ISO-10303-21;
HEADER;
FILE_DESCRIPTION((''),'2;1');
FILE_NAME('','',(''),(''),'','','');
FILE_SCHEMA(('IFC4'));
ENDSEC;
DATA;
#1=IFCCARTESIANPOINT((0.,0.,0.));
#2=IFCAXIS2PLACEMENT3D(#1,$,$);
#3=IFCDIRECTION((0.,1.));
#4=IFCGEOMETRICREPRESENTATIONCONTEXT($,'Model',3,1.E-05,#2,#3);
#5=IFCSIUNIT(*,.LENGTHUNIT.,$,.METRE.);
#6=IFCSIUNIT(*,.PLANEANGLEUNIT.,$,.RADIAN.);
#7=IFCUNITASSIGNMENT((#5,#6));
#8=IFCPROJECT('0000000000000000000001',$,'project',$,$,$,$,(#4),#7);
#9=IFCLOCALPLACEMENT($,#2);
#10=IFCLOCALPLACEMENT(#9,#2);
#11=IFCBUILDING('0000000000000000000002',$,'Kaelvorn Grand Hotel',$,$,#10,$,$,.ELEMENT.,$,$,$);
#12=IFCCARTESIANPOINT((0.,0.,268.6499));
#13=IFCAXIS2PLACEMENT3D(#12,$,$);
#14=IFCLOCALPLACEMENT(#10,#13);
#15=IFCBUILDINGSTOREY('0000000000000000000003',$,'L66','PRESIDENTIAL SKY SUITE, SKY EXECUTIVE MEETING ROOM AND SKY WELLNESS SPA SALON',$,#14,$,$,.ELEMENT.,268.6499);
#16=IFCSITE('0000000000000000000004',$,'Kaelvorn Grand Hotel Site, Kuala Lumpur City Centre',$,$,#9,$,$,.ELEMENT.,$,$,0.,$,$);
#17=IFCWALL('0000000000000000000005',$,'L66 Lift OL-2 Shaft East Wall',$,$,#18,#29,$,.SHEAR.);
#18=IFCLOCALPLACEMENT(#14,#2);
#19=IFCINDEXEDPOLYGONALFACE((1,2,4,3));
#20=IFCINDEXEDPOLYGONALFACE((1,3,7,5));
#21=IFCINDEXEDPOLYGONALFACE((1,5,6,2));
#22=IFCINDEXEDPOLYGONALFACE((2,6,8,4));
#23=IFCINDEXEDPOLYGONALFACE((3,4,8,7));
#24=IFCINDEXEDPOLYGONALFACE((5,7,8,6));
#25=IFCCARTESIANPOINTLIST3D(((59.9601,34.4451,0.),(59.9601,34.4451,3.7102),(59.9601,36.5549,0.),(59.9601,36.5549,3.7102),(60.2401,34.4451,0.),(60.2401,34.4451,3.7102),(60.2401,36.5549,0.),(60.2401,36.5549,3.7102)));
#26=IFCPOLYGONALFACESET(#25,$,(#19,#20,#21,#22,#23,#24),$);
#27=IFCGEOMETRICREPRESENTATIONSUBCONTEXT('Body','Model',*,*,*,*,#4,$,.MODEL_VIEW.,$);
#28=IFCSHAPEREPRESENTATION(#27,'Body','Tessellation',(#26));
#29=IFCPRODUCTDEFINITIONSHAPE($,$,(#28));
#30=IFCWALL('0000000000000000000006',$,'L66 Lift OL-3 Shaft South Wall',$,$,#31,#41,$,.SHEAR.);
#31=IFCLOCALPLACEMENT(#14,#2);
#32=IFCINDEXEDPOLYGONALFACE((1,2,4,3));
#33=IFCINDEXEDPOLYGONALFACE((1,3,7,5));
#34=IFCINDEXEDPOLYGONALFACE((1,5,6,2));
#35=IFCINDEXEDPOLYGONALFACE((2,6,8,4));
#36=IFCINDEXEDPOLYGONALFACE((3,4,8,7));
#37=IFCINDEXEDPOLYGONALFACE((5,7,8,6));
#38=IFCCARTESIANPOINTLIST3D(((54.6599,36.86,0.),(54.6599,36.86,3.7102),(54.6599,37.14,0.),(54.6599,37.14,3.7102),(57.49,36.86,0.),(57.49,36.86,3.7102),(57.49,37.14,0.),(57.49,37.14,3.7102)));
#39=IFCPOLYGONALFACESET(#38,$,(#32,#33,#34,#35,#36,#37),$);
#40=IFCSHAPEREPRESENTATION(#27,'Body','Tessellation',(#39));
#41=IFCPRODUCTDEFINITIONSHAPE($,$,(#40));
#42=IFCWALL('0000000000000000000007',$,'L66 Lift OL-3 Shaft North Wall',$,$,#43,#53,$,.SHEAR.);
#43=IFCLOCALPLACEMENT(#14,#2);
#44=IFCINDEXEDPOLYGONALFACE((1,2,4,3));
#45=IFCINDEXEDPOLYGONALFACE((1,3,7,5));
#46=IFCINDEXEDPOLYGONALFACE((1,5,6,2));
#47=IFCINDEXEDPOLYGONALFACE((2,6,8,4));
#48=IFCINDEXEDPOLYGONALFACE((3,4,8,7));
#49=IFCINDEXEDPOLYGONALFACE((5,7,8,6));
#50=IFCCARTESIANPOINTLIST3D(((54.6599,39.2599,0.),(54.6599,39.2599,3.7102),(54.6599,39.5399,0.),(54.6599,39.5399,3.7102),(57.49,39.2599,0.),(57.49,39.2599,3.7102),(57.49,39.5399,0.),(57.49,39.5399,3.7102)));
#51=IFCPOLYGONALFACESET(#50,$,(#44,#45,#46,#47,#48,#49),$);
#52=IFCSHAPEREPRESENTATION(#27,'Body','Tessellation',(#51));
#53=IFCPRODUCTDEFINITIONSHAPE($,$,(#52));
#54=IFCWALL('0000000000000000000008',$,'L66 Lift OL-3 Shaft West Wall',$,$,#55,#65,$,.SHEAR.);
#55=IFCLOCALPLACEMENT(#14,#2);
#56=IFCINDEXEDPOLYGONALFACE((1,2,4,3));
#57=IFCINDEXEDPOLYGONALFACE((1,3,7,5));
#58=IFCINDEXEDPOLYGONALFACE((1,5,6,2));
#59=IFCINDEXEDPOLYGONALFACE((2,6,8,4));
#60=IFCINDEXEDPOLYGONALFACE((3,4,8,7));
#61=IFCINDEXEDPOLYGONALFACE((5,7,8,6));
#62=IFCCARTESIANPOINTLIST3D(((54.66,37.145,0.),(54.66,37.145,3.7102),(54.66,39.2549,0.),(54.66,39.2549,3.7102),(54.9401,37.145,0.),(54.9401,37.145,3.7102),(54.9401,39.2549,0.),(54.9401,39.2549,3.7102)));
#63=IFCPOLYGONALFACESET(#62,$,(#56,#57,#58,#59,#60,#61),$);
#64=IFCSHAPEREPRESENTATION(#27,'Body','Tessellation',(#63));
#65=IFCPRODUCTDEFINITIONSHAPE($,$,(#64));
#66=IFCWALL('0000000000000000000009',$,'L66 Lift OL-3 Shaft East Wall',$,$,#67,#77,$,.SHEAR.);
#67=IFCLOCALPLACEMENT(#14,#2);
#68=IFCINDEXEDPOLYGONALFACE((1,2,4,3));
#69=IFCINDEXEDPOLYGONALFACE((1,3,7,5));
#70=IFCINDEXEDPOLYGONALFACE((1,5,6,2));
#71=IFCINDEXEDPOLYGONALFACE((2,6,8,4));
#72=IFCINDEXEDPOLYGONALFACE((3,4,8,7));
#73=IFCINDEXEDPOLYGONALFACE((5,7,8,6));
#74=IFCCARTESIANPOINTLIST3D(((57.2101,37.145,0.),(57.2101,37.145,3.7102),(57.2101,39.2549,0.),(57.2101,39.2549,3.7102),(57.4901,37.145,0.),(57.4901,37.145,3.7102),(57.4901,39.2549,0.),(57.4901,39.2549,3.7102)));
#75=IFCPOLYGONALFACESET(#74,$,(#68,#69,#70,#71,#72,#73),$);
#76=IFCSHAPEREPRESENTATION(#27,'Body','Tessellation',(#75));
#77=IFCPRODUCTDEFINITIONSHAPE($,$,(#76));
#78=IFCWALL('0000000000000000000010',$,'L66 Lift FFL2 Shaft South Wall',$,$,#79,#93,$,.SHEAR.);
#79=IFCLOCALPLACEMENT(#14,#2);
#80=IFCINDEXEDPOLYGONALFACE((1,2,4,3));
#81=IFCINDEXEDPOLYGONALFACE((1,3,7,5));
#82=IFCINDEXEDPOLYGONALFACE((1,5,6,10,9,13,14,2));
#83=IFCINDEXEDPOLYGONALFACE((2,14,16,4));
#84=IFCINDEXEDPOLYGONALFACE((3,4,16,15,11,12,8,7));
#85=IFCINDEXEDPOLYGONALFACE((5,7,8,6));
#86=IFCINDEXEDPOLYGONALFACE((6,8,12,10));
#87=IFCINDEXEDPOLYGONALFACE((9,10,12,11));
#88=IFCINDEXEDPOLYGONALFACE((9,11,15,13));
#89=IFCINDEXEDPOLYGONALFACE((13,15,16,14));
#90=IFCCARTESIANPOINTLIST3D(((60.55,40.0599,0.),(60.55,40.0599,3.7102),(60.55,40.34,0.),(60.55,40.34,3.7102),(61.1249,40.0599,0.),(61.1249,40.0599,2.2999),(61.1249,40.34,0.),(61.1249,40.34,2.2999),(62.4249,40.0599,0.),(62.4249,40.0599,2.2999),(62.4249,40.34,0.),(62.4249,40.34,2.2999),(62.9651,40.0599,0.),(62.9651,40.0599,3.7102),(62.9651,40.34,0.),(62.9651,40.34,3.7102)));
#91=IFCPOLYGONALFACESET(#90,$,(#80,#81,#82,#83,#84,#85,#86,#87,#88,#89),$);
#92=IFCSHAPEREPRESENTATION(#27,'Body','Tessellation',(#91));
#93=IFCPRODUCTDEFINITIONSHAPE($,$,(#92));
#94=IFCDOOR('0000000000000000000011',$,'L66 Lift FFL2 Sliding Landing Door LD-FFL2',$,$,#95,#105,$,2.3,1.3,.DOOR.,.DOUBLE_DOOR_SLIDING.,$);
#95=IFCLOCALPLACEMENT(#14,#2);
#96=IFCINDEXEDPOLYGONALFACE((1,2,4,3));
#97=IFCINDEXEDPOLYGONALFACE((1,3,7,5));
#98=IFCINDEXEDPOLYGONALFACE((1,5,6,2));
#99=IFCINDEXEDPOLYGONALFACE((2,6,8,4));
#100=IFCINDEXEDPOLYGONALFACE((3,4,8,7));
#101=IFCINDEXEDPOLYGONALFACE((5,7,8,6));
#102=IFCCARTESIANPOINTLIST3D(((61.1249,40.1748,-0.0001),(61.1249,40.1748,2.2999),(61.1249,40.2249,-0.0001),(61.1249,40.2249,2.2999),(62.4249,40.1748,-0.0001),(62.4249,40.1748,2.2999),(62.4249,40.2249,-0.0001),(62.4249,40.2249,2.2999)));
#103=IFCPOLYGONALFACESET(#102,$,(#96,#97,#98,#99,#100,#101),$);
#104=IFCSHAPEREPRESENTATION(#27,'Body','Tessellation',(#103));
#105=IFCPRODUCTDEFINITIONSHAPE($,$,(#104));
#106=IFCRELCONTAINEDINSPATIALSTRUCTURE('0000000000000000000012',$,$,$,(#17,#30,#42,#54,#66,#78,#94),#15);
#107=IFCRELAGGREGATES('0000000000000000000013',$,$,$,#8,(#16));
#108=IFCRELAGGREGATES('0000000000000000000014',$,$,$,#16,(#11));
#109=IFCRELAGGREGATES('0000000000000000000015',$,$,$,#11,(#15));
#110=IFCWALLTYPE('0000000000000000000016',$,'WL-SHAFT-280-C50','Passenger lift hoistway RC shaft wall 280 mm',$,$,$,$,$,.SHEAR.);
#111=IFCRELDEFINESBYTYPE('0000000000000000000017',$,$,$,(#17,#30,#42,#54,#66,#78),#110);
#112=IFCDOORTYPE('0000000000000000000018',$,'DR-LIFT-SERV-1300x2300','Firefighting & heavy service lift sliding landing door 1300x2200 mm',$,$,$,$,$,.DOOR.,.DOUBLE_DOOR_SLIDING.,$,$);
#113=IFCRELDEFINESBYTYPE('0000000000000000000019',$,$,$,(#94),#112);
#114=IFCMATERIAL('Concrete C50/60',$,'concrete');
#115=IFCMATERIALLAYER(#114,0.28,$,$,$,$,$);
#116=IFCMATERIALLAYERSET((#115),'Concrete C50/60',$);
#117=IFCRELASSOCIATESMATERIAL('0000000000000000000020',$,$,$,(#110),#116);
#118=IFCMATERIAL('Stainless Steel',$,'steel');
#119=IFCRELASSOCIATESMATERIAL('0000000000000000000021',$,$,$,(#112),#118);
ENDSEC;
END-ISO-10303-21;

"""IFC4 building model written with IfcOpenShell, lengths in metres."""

from ifc_helpers import new_model, si_unit, direction, frame, frame_2d, origin, place, context, subcontext, project, spatial, rectangle, extrude, material, layer, layer_set, type_object, element, fill, save


model = new_model("IFC4")

# Units and contexts
model_context = context("Model", 3, precision=1e-05, world=origin(), true_north=direction((0.0, 1.0)))
body_context = subcontext(model_context, "Body", "Model", "MODEL_VIEW")
ifc_project = project(units=[si_unit("LENGTHUNIT", "METRE"), si_unit("PLANEANGLEUNIT", "RADIAN")], contexts=[model_context])

# Site, building, storey
site_placement = place(None, origin())
site = spatial("IfcSite", under=ifc_project, at=site_placement, Name="Kaelvorn Grand Hotel Site, Kuala Lumpur City Centre", CompositionType="ELEMENT", RefElevation=0.0)
building_placement = place(site_placement, origin())
building = spatial("IfcBuilding", under=site, at=building_placement, Name="Kaelvorn Grand Hotel", CompositionType="ELEMENT")
storey_placement = place(building_placement, frame((0.0, 0.0, 268.6499)))
storey = spatial("IfcBuildingStorey", under=building, at=storey_placement, Name="L66", Description="PRESIDENTIAL SKY SUITE, SKY EXECUTIVE MEETING ROOM AND SKY WELLNESS SPA SALON", CompositionType="ELEMENT", Elevation=268.6499)

# Shared definitions
ifc_material_1 = material(Name="Concrete C50/60", Category="concrete")

# Walls
ifc_layer_1 = layer(ifc_material_1, 0.28)
ifc_layer_set_1 = layer_set([ifc_layer_1], Name="Concrete C50/60")
wall_type_1 = type_object("IfcWallType", Name="WL-SHAFT-280-C50", Description="Passenger lift hoistway RC shaft wall 280 mm", PredefinedType="SHEAR", material=ifc_layer_set_1)
wall_1_placement = place(storey_placement, frame((60.1001, 34.4451, 0.0), z_axis=(0.0, 0.0, 1.0), x_axis=(0.0, 1.0, 0.0)))
element("IfcWall", 1, at=wall_1_placement, inside=storey, type_object=wall_type_1, Name="L66 Lift OL-2 Shaft East Wall", PredefinedType="SHEAR", context=body_context, shape_type="SweptSolid", body=[
    extrude(rectangle(XDim=2.1099, YDim=0.28, at=frame_2d((1.0549, 0.0))), origin(), (0.0, 0.0, 1.0), 3.7102),
])
for number, where, z_axis, x_axis, name in (
    (2, (54.6599, 37.0, 0.0), (0.0, 0.0, 1.0), (1.0, 0.0, 0.0), "L66 Lift OL-3 Shaft South Wall"),
    (3, (54.6599, 39.3999, 0.0), (0.0, 0.0, 1.0), (1.0, 0.0, 0.0), "L66 Lift OL-3 Shaft North Wall"),
):
    element("IfcWall", number, at=place(storey_placement, frame(where, z_axis=z_axis, x_axis=x_axis)), inside=storey, type_object=wall_type_1, Name=name, PredefinedType="SHEAR", context=body_context, shape_type="SweptSolid", body=[
        extrude(rectangle(XDim=2.8301, YDim=0.28, at=frame_2d((1.415, 0.0))), origin(), (0.0, 0.0, 1.0), 3.7102),
    ])
for number, where, z_axis, x_axis, name in (
    (4, (54.8, 37.145, 0.0), (0.0, 0.0, 1.0), (0.0, 1.0, 0.0), "L66 Lift OL-3 Shaft West Wall"),
    (5, (57.3501, 37.145, 0.0), (0.0, 0.0, 1.0), (0.0, 1.0, 0.0), "L66 Lift OL-3 Shaft East Wall"),
):
    element("IfcWall", number, at=place(storey_placement, frame(where, z_axis=z_axis, x_axis=x_axis)), inside=storey, type_object=wall_type_1, Name=name, PredefinedType="SHEAR", context=body_context, shape_type="SweptSolid", body=[
        extrude(rectangle(XDim=2.1099, YDim=0.28, at=frame_2d((1.0549, 0.0))), origin(), (0.0, 0.0, 1.0), 3.7102),
    ])

# Wall, opening, door
wall_2_placement = place(storey_placement, frame((60.55, 40.2, 0.0), z_axis=(0.0, 0.0, 1.0), x_axis=(1.0, 0.0, 0.0)))
wall_2 = element("IfcWall", 6, at=wall_2_placement, inside=storey, type_object=wall_type_1, Name="L66 Lift FFL2 Shaft South Wall", PredefinedType="SHEAR", context=body_context, shape_type="SweptSolid", body=[
    extrude(rectangle(XDim=2.415, YDim=0.28, at=frame_2d((1.2075, 0.0))), origin(), (0.0, 0.0, 1.0), 3.7102),
])
opening_1_placement = place(wall_2_placement, frame((0.575, 0.0, 0.0)))
opening_1 = element("IfcOpeningElement", 7, at=opening_1_placement, cuts=wall_2, PredefinedType="OPENING", context=body_context, shape_type="SweptSolid", body=[
    extrude(rectangle(XDim=1.3, YDim=2.3, at=frame_2d((0.6499, 1.1499))), frame((0.0, 0.1499, 0.0), z_axis=(0.0, -1.0, 0.0), x_axis=(1.0, 0.0, 0.0)), (0.0, 0.0, 1.0), 0.3),
])
ifc_material_2 = material(Name="Stainless Steel", Category="steel")
door_type_1 = type_object("IfcDoorType", Name="DR-LIFT-SERV-1300x2300", Description="Firefighting & heavy service lift sliding landing door 1300x2200 mm", OperationType="DOUBLE_DOOR_SLIDING", PredefinedType="DOOR", material=ifc_material_2)
door_1_placement = place(opening_1_placement, origin())
door_1 = element("IfcDoor", 8, at=door_1_placement, inside=storey, type_object=door_type_1, Name="L66 Lift FFL2 Sliding Landing Door LD-FFL2", OperationType="DOUBLE_DOOR_SLIDING", OverallHeight=2.3, OverallWidth=1.3, PredefinedType="DOOR", context=body_context, shape_type="SweptSolid", body=[
    extrude(rectangle(XDim=1.3, YDim=2.3, at=frame_2d((0.6499, 1.1499))), frame((0.0, 0.0249, 0.0), z_axis=(0.0, -1.0, 0.0), x_axis=(1.0, 0.0, 0.0)), (0.0, 0.0, 1.0), 0.05),
])
fill(opening_1, door_1)

save(model, "model.ifc")
